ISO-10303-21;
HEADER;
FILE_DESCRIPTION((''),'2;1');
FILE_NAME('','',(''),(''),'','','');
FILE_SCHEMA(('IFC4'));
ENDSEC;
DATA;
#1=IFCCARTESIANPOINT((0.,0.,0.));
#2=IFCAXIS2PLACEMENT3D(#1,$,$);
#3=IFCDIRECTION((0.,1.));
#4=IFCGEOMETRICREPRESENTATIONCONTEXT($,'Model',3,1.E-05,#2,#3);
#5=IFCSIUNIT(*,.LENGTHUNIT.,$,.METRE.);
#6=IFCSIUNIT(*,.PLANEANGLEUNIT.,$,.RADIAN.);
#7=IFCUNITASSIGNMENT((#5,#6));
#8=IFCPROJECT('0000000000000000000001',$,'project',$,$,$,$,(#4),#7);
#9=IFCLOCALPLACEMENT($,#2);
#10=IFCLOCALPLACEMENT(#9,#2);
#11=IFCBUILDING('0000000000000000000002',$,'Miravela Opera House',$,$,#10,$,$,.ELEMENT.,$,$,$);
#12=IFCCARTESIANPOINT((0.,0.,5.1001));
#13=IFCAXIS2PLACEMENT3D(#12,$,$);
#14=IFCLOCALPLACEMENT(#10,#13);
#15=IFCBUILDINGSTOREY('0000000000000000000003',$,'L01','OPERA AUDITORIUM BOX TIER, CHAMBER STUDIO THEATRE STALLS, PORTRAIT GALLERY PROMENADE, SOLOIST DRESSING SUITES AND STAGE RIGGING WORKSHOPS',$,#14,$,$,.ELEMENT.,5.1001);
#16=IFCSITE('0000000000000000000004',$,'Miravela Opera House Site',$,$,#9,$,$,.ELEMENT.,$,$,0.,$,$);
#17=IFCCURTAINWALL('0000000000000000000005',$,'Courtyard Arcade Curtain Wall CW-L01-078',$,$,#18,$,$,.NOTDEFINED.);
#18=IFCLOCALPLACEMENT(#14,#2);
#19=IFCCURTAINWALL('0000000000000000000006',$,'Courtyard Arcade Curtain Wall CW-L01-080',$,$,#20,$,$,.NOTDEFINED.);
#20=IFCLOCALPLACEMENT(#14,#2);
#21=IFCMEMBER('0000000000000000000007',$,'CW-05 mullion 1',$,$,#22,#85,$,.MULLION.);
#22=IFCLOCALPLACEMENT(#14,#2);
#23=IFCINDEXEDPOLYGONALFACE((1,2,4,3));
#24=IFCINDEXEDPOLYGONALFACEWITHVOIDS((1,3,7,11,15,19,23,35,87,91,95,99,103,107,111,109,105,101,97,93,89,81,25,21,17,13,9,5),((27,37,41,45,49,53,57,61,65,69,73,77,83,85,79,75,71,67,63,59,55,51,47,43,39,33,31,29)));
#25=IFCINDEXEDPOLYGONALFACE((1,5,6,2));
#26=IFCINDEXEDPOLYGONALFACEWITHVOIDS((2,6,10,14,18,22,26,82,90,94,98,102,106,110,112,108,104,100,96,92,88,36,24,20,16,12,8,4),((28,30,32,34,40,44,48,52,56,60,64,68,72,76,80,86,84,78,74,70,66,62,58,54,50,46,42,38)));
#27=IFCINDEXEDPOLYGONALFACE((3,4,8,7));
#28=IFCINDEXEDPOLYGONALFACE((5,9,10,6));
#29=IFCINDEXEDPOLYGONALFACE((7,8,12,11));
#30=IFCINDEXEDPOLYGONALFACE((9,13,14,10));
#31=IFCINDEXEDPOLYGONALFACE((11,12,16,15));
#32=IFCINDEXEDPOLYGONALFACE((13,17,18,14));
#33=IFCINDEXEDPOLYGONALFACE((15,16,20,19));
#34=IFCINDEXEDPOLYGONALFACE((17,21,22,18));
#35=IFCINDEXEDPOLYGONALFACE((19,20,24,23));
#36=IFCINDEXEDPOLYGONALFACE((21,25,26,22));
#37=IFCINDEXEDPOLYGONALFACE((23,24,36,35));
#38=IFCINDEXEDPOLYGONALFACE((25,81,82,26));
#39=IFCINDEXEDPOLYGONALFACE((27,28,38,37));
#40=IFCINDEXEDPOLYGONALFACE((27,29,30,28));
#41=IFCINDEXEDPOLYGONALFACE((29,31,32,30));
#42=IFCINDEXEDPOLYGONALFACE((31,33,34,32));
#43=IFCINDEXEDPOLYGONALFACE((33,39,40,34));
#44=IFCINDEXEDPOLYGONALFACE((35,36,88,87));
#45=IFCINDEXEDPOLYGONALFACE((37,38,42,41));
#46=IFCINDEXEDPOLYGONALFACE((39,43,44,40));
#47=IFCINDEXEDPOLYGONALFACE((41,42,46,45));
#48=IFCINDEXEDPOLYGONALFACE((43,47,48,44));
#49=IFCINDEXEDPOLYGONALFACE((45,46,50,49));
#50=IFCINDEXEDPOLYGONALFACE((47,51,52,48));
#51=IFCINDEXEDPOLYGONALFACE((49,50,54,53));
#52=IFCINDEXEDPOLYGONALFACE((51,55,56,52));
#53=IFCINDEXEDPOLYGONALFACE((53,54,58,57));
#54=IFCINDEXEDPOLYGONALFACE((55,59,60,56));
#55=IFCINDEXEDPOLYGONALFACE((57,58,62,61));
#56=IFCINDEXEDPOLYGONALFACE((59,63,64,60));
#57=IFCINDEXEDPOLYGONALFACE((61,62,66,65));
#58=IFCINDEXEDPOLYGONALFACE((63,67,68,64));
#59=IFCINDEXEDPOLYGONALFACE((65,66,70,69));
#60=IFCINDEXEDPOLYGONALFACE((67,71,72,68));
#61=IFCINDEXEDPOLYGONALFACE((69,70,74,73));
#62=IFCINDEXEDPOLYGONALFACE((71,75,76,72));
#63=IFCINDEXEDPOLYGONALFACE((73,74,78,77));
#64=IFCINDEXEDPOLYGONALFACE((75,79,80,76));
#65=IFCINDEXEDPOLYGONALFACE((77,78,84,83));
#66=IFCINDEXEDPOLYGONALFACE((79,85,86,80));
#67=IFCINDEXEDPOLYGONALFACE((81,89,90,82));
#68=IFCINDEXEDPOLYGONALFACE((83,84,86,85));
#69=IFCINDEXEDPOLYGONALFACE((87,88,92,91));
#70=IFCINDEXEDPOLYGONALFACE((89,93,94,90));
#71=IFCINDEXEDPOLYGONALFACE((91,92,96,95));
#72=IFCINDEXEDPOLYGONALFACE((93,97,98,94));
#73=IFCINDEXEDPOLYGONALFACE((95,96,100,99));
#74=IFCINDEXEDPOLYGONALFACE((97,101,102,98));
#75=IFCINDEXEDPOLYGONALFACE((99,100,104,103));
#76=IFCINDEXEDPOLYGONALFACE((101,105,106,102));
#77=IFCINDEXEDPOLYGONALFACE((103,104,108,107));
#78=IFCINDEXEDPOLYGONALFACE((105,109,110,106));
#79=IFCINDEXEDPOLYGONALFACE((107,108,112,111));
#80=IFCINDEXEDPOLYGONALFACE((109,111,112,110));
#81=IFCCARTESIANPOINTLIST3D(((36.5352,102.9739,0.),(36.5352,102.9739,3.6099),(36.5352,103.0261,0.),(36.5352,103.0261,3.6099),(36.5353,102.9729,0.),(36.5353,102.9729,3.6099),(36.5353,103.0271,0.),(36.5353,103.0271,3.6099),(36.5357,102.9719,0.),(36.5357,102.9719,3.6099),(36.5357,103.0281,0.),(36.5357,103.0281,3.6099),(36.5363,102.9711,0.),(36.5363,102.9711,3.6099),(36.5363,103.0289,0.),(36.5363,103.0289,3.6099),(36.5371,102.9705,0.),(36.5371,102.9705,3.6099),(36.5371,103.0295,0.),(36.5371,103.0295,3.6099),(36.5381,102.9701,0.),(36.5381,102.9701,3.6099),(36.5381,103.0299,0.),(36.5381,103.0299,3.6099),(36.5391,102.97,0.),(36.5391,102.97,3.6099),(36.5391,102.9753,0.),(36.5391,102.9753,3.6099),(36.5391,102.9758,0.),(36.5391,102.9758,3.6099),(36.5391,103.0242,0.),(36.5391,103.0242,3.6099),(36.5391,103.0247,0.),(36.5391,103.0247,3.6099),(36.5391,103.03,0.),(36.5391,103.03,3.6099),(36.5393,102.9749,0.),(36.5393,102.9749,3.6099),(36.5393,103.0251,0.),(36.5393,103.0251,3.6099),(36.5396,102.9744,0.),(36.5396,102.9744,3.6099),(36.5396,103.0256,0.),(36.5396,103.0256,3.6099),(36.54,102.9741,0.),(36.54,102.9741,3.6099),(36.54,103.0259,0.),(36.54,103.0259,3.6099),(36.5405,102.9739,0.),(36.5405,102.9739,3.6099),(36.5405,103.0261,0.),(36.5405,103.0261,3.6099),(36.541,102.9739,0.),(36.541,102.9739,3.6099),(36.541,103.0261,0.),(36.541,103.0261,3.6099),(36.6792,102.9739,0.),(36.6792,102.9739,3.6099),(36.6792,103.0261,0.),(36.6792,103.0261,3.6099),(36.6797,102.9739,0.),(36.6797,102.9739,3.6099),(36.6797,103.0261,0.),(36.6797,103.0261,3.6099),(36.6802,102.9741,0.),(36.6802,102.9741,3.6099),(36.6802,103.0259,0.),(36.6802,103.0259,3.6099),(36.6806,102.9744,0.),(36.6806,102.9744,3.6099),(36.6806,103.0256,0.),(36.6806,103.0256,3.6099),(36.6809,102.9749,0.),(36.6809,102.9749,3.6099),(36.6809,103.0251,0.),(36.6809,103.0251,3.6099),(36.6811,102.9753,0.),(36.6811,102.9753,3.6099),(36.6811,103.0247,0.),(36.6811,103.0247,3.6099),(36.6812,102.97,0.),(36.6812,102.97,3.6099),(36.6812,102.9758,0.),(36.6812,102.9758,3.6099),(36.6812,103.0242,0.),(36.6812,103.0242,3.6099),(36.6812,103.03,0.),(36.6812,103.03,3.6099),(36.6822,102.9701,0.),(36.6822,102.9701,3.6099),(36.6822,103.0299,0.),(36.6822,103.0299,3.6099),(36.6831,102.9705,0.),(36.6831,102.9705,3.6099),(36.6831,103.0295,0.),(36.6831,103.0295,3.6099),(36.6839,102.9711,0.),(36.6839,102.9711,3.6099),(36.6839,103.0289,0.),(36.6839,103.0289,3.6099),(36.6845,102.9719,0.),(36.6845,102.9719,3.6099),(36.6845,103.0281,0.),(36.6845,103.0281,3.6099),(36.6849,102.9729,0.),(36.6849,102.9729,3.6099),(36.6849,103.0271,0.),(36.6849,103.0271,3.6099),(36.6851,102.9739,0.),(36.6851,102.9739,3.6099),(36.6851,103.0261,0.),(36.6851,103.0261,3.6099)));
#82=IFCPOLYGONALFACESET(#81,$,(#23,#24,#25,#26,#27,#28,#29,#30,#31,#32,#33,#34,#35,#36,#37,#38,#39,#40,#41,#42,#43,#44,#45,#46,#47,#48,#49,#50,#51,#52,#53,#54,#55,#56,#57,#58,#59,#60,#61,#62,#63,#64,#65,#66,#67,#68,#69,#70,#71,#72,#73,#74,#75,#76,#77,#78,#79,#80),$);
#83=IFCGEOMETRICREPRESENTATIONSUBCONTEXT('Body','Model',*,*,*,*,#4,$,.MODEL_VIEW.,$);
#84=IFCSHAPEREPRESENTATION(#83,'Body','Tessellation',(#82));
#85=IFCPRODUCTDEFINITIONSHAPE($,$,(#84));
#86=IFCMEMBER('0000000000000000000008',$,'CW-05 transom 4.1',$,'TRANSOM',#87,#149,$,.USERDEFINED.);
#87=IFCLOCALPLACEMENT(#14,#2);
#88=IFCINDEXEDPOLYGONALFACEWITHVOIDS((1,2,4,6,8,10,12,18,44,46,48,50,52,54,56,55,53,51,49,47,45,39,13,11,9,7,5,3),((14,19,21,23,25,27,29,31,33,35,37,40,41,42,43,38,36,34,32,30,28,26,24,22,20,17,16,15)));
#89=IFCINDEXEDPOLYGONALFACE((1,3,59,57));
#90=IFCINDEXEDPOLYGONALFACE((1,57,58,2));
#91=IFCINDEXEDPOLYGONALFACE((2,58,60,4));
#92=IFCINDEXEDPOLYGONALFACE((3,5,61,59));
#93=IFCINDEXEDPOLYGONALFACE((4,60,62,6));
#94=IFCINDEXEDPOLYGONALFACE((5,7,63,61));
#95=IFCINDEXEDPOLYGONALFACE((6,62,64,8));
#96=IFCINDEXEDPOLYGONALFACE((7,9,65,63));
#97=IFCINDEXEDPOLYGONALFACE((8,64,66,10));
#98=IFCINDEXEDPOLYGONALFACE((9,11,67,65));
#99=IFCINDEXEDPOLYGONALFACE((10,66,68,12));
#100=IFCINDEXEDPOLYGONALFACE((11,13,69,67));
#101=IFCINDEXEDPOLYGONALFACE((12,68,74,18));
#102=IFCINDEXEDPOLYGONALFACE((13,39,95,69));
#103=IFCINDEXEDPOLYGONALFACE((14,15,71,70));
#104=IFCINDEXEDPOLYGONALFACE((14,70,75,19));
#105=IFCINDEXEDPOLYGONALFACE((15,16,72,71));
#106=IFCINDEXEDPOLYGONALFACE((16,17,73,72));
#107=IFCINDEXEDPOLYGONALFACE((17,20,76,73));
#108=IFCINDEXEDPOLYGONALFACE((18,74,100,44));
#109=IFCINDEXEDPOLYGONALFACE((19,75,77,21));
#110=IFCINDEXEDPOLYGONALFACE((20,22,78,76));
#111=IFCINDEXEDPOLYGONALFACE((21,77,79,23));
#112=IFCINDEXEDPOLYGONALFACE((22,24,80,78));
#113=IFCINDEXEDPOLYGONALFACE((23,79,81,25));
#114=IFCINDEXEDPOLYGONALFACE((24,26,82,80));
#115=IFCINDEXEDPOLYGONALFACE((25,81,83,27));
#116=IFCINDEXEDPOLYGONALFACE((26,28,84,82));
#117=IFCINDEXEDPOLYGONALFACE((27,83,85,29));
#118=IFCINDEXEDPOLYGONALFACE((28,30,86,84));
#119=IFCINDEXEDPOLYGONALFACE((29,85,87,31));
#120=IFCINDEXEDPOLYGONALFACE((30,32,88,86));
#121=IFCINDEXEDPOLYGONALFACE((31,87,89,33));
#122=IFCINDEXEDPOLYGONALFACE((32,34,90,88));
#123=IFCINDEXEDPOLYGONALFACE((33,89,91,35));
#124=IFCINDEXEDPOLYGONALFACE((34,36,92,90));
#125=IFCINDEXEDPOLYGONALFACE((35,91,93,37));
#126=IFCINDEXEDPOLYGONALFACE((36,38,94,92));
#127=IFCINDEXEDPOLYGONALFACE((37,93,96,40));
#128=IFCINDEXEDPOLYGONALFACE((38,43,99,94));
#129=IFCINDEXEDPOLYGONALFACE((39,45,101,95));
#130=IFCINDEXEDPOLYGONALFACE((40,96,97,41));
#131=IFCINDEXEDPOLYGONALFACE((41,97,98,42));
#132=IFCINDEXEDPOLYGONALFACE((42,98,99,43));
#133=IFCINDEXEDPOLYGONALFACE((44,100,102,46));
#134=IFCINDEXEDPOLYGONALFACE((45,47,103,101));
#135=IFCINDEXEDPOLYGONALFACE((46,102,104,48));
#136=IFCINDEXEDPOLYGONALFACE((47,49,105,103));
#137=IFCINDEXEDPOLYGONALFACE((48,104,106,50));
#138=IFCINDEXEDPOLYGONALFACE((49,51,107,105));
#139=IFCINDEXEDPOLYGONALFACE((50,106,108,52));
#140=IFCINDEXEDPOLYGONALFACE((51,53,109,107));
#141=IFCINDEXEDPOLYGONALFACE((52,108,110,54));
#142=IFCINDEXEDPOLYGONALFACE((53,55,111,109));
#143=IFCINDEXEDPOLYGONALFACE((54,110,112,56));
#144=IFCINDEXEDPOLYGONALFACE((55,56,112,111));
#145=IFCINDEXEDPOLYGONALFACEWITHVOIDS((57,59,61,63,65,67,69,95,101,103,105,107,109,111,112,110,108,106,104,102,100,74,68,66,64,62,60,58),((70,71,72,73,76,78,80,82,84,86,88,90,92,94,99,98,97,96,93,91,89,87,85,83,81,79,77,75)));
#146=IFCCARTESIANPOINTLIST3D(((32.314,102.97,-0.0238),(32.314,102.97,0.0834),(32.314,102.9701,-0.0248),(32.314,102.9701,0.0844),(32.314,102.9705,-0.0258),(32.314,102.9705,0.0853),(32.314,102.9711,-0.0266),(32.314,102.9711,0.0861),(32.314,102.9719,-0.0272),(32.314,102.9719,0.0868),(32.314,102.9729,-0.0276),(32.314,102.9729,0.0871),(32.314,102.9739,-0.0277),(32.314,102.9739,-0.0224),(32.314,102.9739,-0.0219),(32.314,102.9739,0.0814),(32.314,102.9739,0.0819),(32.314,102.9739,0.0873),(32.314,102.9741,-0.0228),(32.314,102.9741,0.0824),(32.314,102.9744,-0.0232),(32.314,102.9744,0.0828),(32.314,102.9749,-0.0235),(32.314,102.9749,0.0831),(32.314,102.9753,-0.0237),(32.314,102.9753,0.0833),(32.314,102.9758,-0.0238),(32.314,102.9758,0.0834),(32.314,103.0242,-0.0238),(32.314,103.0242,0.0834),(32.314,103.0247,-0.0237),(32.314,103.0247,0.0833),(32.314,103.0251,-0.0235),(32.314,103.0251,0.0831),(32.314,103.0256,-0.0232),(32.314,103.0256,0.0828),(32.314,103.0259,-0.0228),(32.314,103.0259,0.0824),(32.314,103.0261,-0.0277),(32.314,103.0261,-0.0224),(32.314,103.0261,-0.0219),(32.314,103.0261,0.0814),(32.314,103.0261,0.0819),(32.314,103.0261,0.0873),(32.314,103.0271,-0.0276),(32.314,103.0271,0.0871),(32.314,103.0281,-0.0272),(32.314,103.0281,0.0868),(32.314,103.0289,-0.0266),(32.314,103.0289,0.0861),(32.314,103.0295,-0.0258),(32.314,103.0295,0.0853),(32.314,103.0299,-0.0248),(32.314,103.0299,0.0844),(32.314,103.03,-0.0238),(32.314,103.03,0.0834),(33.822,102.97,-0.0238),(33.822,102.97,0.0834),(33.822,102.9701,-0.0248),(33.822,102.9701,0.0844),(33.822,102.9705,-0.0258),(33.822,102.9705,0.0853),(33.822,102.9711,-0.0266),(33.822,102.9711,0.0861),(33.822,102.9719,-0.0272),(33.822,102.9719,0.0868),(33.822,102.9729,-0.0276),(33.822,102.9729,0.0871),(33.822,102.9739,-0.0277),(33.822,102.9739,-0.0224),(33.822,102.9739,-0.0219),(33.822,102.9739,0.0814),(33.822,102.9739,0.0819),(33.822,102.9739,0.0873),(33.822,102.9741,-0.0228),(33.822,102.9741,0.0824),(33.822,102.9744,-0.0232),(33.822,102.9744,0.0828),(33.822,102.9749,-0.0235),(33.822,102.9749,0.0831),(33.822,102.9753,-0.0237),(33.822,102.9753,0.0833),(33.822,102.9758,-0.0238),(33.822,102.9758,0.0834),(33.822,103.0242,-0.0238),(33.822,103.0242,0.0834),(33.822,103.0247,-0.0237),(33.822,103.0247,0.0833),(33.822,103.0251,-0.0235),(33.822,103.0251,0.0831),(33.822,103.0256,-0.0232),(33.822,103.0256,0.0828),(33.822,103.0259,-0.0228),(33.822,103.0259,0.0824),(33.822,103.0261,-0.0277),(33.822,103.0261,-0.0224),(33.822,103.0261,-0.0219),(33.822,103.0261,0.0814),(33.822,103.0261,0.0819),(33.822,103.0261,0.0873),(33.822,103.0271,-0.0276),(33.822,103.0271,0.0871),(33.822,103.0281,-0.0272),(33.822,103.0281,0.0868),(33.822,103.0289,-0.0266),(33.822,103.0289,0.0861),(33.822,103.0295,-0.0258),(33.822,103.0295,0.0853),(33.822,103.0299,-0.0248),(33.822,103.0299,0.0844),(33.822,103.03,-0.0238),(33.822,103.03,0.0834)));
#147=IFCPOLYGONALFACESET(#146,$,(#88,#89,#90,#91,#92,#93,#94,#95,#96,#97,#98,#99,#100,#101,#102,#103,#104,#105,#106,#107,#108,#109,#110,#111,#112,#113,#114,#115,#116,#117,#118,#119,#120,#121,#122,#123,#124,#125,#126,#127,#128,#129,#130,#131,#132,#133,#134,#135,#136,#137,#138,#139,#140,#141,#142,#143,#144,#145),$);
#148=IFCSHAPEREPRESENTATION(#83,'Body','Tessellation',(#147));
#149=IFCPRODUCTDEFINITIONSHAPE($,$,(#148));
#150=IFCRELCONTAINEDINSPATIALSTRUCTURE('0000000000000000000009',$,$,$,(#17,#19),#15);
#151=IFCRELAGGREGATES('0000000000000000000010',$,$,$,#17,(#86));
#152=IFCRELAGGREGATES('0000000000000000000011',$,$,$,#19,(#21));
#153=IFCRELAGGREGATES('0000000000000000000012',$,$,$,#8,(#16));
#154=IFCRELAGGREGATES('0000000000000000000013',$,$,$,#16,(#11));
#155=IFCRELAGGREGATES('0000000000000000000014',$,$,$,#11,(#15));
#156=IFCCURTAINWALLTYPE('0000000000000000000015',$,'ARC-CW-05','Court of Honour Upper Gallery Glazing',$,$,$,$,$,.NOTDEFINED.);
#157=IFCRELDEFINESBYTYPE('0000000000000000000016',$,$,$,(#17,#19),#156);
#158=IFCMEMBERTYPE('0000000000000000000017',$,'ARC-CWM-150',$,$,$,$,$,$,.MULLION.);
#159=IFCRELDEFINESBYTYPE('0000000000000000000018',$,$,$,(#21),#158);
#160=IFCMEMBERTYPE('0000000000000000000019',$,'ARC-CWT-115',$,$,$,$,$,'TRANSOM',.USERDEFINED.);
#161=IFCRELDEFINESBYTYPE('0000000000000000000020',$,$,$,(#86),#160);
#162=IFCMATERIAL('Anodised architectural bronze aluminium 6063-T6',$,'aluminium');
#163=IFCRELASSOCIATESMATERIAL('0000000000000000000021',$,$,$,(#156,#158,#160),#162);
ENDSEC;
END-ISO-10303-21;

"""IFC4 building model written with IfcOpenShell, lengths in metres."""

from ifc_helpers import new_model, si_unit, direction, frame, origin, origin_2d, place, context, subcontext, project, spatial, hollow_rectangle, extrude, material, material_profile, profile_set, type_object, element, aggregate, save


model = new_model("IFC4")

# Units and contexts
model_context = context("Model", 3, precision=1e-05, world=origin(), true_north=direction((0.0, 1.0)))
body_context = subcontext(model_context, "Body", "Model", "MODEL_VIEW")
ifc_project = project(units=[si_unit("LENGTHUNIT", "METRE"), si_unit("PLANEANGLEUNIT", "RADIAN")], contexts=[model_context])

# Site, building, storey
site_placement = place(None, origin())
site = spatial("IfcSite", under=ifc_project, at=site_placement, Name="Miravela Opera House Site", CompositionType="ELEMENT", RefElevation=0.0)
building_placement = place(site_placement, origin())
building = spatial("IfcBuilding", under=site, at=building_placement, Name="Miravela Opera House", CompositionType="ELEMENT")
storey_placement = place(building_placement, frame((0.0, 0.0, 5.1001)))
storey = spatial("IfcBuildingStorey", under=building, at=storey_placement, Name="L01", Description="OPERA AUDITORIUM BOX TIER, CHAMBER STUDIO THEATRE STALLS, PORTRAIT GALLERY PROMENADE, SOLOIST DRESSING SUITES AND STAGE RIGGING WORKSHOPS", CompositionType="ELEMENT", Elevation=5.1001)

# Curtain wall
ifc_material_1 = material(Name="Anodised architectural bronze aluminium 6063-T6", Category="aluminium")
curtain_wall_type = type_object("IfcCurtainWallType", Name="ARC-CW-05", Description="Court of Honour Upper Gallery Glazing", PredefinedType="NOTDEFINED", material=ifc_material_1)
curtain_wall_1_placement = place(storey_placement, origin())
curtain_wall_1 = element("IfcCurtainWall", 1, at=curtain_wall_1_placement, inside=storey, type_object=curtain_wall_type, Name="Courtyard Arcade Curtain Wall CW-L01-078", PredefinedType="NOTDEFINED")
ifc_material_profile_1 = material_profile(ifc_material_1, hollow_rectangle(XDim=0.0601, YDim=0.1499, WallThickness=0.0039, InnerFilletRadius=0.002, OuterFilletRadius=0.0039, at=origin_2d()), Name="CWM-60X150")
ifc_profile_set_1 = profile_set([ifc_material_profile_1])
member_type_1 = type_object("IfcMemberType", Name="ARC-CWM-150", PredefinedType="MULLION", material=ifc_profile_set_1)

# Curtain wall, member
curtain_wall_2_placement = place(storey_placement, origin())
curtain_wall_2 = element("IfcCurtainWall", 2, at=curtain_wall_2_placement, inside=storey, type_object=curtain_wall_type, Name="Courtyard Arcade Curtain Wall CW-L01-080", PredefinedType="NOTDEFINED")
member_1_placement = place(storey_placement, frame((36.6101, 103.0, 0.0), z_axis=(0.0, 0.0, 1.0), x_axis=(0.0, 1.0, 0.0)))
member_1 = element("IfcMember", 3, at=member_1_placement, type_object=member_type_1, Name="CW-05 mullion 1", PredefinedType="MULLION", context=body_context, shape_type="SweptSolid", body=[
    extrude(hollow_rectangle(XDim=0.0601, YDim=0.1499, WallThickness=0.0039, InnerFilletRadius=0.002, OuterFilletRadius=0.0039, at=origin_2d()), origin(), (0.0, 0.0, 1.0), 3.6099),
])

# Member
ifc_material_profile_2 = material_profile(ifc_material_1, hollow_rectangle(XDim=0.0601, YDim=0.115, WallThickness=0.0039, InnerFilletRadius=0.002, OuterFilletRadius=0.0039, at=origin_2d()), Name="CWT-60X115")
ifc_profile_set_2 = profile_set([ifc_material_profile_2])
member_type_2 = type_object("IfcMemberType", Name="ARC-CWT-115", ElementType="TRANSOM", PredefinedType="USERDEFINED", material=ifc_profile_set_2)
member_2_placement = place(storey_placement, frame((32.314, 103.0, 0.0298), z_axis=(1.0, 0.0, 0.0), x_axis=(0.0, 1.0, 0.0)))
member_2 = element("IfcMember", 4, at=member_2_placement, type_object=member_type_2, Name="CW-05 transom 4.1", ObjectType="TRANSOM", PredefinedType="USERDEFINED", context=body_context, shape_type="SweptSolid", body=[
    extrude(hollow_rectangle(XDim=0.0601, YDim=0.115, WallThickness=0.0039, InnerFilletRadius=0.002, OuterFilletRadius=0.0039, at=origin_2d()), origin(), (0.0, 0.0, 1.0), 1.5081),
])

aggregate(curtain_wall_1, [member_2])
aggregate(curtain_wall_2, [member_1])

save(model, "model.ifc")
